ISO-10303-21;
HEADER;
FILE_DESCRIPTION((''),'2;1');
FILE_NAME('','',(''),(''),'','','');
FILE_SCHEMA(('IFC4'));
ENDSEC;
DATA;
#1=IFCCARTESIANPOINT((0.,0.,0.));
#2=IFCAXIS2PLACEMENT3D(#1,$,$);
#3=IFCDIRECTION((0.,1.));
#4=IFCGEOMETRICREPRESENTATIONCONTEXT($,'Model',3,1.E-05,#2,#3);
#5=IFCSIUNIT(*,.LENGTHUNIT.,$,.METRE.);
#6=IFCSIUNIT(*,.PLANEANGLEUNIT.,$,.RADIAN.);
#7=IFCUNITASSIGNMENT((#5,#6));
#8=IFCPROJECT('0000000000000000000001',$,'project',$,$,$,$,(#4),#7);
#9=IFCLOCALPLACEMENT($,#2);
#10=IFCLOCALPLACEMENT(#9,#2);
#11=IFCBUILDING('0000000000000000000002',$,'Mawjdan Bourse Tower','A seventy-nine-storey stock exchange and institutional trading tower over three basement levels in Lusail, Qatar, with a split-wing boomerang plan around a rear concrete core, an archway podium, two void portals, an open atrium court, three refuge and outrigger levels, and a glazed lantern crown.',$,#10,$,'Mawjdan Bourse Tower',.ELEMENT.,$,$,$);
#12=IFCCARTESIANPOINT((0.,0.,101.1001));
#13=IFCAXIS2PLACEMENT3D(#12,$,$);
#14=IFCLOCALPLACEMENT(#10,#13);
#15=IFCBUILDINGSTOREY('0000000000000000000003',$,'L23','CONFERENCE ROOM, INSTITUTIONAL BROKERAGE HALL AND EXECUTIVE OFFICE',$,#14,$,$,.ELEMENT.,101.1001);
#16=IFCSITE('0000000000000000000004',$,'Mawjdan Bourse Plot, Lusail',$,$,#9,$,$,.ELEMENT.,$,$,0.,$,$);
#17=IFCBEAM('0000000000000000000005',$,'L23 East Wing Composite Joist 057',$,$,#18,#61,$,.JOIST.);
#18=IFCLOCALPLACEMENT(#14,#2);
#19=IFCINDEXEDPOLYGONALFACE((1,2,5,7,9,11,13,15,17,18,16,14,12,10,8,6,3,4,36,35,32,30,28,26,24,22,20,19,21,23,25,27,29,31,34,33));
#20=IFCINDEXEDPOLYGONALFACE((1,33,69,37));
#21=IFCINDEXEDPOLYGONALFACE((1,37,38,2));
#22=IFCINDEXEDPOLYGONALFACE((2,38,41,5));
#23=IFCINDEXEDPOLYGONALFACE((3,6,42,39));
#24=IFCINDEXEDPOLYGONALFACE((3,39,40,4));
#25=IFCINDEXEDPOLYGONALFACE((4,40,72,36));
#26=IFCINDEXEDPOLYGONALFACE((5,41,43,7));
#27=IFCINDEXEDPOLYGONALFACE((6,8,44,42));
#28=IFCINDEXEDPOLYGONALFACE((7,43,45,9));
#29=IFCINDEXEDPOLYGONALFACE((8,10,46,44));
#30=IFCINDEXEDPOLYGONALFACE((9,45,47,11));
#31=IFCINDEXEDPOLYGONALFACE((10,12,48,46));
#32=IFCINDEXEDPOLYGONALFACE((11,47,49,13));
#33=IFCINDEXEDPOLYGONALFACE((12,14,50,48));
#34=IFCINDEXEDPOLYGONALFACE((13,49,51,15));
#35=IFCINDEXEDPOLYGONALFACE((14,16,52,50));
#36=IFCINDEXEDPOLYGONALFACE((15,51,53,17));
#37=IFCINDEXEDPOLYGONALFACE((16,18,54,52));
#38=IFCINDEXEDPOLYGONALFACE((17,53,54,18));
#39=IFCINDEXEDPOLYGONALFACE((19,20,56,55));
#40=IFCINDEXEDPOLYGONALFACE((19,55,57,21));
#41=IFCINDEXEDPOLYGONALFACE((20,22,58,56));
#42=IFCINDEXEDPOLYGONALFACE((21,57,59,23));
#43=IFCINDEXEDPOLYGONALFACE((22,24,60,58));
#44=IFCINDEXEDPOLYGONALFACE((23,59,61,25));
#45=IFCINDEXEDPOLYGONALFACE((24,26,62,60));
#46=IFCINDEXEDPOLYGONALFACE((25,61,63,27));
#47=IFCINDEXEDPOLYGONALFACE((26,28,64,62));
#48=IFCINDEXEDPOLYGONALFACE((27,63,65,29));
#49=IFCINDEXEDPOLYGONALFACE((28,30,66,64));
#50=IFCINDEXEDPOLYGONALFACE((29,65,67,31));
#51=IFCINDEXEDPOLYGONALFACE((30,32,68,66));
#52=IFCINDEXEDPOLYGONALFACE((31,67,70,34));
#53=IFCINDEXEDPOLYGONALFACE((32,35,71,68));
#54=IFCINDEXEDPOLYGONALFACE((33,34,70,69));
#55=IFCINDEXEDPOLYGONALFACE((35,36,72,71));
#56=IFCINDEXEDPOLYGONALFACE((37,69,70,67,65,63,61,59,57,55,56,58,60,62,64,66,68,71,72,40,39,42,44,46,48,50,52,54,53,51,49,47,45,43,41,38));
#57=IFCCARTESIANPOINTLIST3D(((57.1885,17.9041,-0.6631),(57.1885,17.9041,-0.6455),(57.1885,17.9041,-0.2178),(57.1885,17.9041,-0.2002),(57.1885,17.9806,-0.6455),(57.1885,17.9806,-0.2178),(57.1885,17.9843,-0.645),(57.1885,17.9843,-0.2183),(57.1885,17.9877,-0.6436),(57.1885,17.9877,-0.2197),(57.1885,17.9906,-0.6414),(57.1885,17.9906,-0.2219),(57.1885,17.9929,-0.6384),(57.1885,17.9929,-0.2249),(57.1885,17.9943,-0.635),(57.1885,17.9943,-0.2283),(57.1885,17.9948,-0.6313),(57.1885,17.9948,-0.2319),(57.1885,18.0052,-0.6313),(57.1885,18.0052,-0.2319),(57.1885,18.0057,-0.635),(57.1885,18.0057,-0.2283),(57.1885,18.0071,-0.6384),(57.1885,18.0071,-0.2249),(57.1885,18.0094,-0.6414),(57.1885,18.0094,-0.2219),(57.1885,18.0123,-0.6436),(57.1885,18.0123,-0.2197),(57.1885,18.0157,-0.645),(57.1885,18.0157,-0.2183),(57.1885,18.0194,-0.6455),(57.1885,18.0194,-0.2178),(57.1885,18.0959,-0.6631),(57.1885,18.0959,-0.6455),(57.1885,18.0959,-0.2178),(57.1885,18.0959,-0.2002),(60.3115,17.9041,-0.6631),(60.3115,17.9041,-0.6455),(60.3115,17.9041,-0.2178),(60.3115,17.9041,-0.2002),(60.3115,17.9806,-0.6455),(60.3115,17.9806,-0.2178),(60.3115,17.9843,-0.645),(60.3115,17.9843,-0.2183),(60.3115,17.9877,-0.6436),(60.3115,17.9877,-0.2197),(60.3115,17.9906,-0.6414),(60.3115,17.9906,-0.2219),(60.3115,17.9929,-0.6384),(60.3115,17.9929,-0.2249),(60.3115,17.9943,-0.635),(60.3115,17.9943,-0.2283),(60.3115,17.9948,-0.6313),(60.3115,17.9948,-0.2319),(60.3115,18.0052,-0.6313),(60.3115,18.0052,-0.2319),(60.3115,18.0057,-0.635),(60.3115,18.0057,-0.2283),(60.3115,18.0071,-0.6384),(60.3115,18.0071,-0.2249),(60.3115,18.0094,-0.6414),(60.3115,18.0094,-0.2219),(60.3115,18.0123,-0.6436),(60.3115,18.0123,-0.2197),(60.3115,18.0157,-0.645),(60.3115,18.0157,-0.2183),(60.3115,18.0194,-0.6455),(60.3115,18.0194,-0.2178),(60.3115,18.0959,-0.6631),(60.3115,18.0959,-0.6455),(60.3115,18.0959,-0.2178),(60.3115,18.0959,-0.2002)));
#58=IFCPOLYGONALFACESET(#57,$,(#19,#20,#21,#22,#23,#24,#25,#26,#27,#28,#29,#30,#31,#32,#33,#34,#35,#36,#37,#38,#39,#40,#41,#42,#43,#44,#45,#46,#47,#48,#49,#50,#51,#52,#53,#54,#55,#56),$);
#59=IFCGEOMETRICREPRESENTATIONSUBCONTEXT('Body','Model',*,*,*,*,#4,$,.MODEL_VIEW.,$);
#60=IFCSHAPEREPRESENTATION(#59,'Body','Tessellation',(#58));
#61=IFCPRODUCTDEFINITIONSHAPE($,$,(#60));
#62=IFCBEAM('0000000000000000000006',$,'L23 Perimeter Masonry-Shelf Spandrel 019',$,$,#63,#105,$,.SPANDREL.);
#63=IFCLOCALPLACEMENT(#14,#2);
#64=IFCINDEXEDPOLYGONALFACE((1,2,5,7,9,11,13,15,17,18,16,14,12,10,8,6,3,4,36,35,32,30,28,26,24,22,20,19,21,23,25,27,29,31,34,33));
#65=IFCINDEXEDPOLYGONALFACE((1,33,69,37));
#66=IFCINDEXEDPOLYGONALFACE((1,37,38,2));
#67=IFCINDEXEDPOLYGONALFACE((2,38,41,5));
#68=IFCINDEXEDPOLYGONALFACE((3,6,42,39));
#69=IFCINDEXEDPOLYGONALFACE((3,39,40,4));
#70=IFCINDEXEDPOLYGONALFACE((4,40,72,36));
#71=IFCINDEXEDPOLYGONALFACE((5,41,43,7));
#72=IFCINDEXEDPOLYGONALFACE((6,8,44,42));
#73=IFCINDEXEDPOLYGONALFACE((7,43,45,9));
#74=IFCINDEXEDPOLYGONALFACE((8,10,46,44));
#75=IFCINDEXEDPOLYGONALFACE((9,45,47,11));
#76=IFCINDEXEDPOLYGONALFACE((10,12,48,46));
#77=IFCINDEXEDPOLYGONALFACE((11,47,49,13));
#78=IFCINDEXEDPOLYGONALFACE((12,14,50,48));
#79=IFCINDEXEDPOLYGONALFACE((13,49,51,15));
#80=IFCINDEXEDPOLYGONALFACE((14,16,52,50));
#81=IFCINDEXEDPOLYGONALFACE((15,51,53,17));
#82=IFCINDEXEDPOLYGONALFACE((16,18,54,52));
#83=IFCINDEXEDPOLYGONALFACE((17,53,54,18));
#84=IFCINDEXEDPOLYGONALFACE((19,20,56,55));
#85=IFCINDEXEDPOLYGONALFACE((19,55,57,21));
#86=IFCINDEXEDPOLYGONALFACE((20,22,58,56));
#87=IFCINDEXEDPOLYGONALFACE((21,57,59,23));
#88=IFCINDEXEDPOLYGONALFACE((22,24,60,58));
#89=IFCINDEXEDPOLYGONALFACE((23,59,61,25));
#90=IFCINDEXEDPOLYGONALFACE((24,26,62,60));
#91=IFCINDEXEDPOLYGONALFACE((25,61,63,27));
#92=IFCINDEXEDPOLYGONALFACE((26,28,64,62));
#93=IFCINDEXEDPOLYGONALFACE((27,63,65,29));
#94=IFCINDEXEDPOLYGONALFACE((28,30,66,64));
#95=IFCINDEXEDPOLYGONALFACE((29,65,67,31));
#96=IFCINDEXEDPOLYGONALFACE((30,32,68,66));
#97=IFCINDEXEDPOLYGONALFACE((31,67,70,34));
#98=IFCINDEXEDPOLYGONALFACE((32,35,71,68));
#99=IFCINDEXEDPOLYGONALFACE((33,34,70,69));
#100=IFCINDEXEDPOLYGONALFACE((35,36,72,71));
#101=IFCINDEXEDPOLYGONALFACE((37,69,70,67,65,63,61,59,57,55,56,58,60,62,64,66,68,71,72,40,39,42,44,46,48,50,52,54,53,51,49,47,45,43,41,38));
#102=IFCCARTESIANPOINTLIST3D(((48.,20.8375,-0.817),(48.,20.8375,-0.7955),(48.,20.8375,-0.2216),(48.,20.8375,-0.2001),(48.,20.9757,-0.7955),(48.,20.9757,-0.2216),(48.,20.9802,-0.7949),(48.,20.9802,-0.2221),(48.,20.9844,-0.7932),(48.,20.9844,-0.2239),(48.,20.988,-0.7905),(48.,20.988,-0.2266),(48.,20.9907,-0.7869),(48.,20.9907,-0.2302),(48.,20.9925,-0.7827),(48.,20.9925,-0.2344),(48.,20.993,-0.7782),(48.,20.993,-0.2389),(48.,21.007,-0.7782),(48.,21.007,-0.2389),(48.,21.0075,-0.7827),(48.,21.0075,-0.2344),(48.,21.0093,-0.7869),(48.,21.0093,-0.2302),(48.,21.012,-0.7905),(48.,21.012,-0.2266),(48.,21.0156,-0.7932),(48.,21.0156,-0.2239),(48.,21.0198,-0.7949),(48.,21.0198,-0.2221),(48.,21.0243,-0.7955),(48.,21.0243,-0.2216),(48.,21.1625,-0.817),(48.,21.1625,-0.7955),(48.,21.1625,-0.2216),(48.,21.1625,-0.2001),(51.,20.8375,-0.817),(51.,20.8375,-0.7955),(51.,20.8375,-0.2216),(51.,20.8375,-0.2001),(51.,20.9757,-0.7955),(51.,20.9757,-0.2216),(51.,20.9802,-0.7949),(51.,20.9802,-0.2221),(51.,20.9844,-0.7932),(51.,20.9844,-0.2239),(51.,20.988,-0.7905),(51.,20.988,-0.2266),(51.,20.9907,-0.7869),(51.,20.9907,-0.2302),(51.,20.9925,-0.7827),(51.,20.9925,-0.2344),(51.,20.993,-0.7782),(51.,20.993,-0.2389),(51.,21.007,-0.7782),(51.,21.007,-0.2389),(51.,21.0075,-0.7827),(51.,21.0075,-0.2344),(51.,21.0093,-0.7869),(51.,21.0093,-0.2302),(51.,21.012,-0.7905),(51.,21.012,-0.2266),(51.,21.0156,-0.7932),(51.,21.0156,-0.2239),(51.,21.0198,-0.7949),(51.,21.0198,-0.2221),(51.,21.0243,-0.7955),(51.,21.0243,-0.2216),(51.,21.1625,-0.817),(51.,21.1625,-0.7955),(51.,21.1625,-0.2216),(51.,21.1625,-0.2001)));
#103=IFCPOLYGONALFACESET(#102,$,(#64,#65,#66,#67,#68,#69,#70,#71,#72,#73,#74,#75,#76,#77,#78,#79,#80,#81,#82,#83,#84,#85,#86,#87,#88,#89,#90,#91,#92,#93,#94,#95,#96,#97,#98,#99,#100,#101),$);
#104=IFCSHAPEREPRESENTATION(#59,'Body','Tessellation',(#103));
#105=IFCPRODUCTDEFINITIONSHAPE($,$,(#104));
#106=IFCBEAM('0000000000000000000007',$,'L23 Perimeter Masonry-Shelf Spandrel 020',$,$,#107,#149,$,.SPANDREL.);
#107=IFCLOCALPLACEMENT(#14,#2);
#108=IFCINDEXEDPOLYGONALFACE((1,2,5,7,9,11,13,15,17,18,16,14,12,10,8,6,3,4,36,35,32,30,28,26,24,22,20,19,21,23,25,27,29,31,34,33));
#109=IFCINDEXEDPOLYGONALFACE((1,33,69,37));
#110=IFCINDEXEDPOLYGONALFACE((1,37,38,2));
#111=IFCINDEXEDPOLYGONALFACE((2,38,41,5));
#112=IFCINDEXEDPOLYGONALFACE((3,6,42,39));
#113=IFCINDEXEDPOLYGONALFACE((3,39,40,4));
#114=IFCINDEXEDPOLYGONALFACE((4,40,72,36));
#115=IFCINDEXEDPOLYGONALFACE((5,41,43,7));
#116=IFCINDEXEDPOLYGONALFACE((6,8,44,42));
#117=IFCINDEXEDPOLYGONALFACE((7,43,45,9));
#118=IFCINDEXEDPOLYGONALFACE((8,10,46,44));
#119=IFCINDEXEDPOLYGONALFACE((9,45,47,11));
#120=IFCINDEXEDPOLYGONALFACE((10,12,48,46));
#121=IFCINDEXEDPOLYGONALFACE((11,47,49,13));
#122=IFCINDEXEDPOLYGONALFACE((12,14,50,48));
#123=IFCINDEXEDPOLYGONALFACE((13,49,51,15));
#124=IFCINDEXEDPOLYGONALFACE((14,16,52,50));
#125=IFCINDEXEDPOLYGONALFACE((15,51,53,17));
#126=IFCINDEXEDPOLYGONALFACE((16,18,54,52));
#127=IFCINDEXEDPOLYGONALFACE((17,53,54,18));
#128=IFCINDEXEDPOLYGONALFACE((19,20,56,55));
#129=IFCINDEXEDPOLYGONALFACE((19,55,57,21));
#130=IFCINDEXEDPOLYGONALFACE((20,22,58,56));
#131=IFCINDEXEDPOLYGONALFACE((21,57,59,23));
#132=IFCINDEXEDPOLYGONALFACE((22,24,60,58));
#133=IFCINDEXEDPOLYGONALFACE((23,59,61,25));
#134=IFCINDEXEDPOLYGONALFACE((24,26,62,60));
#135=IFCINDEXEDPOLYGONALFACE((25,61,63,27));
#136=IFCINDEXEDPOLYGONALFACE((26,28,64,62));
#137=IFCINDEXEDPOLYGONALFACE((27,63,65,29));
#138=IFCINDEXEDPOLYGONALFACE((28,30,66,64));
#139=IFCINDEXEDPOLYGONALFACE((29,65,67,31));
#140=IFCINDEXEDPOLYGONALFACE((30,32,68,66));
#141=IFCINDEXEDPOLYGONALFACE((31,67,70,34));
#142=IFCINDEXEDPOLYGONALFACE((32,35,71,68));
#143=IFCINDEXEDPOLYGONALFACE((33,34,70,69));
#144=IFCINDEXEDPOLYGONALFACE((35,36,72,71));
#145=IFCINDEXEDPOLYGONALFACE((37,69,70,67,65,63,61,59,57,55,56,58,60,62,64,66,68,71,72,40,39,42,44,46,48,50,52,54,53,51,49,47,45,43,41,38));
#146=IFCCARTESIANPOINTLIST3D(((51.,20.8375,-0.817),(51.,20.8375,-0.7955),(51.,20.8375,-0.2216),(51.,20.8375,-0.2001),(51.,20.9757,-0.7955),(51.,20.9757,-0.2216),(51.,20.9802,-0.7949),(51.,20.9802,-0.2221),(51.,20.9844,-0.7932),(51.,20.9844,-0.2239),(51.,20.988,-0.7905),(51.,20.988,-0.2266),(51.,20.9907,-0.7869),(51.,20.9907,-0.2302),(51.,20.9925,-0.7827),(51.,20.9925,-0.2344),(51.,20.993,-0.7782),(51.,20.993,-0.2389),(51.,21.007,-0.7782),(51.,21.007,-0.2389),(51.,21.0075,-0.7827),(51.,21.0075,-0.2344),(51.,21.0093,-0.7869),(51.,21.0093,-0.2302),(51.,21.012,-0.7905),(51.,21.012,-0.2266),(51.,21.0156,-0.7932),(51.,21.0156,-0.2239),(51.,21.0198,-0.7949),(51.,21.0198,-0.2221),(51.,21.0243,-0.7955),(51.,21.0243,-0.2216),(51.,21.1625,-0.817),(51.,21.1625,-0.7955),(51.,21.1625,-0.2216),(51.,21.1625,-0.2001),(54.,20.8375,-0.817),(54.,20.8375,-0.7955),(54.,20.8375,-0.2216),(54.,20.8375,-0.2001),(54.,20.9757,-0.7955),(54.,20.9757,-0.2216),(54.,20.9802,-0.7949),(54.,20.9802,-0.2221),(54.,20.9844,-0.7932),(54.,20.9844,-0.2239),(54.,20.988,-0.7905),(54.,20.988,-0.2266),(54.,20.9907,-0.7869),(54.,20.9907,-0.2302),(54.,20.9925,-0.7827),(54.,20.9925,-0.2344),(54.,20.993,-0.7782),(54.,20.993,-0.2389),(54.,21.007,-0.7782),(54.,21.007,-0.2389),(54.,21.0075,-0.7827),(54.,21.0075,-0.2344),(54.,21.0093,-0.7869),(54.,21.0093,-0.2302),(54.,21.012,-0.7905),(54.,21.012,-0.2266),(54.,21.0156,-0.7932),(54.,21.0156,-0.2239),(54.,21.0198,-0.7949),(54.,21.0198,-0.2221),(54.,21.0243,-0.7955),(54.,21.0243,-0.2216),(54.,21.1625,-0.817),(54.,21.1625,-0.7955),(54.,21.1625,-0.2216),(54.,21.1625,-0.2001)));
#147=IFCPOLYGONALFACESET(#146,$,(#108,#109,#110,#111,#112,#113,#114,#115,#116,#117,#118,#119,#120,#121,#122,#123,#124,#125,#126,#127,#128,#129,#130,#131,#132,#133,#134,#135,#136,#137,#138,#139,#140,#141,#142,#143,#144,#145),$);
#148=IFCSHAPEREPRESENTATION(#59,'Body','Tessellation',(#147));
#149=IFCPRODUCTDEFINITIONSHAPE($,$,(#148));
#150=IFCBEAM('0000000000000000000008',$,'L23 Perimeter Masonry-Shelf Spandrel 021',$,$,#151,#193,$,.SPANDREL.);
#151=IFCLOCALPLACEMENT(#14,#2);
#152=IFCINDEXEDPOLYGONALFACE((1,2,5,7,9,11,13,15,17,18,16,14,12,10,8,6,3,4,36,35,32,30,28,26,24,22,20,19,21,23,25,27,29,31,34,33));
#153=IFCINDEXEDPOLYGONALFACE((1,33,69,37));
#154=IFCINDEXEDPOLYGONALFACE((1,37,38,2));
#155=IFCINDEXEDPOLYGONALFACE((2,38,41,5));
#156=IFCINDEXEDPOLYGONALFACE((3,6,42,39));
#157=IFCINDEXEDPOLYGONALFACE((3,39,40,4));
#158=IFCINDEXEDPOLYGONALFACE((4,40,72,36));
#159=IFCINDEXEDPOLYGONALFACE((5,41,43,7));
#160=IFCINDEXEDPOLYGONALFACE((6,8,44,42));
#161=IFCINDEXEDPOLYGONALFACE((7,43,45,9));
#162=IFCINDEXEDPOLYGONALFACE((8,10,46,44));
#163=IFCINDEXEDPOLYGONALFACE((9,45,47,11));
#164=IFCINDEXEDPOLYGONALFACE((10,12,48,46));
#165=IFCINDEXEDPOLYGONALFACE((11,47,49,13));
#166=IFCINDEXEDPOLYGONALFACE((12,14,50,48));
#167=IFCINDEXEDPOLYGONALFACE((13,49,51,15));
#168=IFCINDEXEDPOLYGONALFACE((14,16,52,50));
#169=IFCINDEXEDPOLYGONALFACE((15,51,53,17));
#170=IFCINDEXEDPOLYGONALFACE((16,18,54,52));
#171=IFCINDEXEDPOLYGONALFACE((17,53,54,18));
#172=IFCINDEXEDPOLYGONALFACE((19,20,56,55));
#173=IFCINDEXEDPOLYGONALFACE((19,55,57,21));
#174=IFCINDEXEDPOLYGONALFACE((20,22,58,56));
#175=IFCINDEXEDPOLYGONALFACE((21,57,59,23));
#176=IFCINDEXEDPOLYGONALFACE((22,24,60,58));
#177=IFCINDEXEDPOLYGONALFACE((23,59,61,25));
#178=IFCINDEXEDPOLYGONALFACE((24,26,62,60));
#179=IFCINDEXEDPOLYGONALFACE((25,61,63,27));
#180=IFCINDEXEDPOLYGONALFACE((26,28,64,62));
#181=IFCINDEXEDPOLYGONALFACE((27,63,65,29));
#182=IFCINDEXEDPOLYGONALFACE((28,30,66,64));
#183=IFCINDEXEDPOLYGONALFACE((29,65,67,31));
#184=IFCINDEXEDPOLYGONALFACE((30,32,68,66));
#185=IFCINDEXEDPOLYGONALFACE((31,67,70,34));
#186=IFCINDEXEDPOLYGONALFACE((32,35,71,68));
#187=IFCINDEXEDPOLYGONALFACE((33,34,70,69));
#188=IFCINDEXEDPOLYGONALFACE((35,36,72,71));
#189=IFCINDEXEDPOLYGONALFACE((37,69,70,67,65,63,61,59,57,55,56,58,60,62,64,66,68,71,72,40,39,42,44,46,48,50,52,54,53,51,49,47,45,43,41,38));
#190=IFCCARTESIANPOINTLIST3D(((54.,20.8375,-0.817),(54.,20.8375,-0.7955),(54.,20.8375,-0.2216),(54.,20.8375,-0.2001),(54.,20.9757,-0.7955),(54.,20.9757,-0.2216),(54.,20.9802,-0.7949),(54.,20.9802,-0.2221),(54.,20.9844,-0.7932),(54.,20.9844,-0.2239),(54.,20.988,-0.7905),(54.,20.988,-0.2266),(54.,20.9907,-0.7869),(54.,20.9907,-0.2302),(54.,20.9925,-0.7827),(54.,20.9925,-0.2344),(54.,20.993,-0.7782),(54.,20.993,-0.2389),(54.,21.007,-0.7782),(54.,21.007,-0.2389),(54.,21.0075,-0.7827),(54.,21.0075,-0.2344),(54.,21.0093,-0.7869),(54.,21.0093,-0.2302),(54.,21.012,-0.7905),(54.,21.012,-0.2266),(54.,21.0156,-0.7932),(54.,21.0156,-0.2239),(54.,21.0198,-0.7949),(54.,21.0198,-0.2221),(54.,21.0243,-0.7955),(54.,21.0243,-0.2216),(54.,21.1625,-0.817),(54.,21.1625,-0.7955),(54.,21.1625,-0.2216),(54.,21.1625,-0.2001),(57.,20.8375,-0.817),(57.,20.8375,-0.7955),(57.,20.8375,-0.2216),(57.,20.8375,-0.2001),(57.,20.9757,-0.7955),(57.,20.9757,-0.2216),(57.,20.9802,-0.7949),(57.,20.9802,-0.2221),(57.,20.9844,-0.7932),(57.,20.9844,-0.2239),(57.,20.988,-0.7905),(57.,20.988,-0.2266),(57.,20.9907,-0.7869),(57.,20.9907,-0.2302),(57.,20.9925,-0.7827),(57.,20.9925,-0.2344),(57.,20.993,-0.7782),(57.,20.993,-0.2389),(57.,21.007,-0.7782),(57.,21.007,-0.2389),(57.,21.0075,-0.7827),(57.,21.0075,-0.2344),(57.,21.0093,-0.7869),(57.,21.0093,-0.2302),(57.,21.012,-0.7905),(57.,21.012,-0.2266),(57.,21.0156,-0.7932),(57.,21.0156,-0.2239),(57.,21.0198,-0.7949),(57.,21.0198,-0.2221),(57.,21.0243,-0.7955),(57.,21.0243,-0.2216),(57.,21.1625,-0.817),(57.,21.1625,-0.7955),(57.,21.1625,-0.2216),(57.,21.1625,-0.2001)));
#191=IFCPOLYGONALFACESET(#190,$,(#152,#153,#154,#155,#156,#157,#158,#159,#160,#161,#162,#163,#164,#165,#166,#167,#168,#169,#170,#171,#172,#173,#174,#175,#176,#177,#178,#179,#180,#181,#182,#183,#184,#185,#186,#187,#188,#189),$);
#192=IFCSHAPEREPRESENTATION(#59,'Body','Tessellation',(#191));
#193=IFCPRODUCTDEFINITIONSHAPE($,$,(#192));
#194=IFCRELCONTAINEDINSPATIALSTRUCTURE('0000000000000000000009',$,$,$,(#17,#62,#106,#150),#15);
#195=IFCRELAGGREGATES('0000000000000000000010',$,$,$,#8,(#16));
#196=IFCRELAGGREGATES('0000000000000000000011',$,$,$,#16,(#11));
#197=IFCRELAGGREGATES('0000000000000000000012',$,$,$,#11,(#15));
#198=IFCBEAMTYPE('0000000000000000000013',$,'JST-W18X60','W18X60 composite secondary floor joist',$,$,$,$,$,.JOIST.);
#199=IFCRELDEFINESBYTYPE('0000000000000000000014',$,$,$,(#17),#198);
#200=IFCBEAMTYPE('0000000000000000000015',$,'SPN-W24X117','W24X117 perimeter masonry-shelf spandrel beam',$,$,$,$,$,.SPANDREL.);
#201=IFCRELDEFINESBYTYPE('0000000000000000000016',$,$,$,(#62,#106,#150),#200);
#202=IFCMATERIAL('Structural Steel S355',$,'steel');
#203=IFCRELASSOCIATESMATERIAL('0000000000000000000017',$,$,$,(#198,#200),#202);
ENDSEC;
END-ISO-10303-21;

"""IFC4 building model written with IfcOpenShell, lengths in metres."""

from ifc_helpers import new_model, si_unit, direction, frame, origin, origin_2d, place, context, subcontext, project, spatial, i_section, extrude, material, material_profile, profile_set, type_object, element, save


model = new_model("IFC4")

# Units and contexts
model_context = context("Model", 3, precision=1e-05, world=origin(), true_north=direction((0.0, 1.0)))
body_context = subcontext(model_context, "Body", "Model", "MODEL_VIEW")
ifc_project = project(units=[si_unit("LENGTHUNIT", "METRE"), si_unit("PLANEANGLEUNIT", "RADIAN")], contexts=[model_context])

# Site, building, storey
site_placement = place(None, origin())
site = spatial("IfcSite", under=ifc_project, at=site_placement, Name="Mawjdan Bourse Plot, Lusail", CompositionType="ELEMENT", RefElevation=0.0)
building_placement = place(site_placement, origin())
building = spatial("IfcBuilding", under=site, at=building_placement, Name="Mawjdan Bourse Tower", Description="A seventy-nine-storey stock exchange and institutional trading tower over three basement levels in Lusail, Qatar, with a split-wing boomerang plan around a rear concrete core, an archway podium, two void portals, an open atrium court, three refuge and outrigger levels, and a glazed lantern crown.", LongName="Mawjdan Bourse Tower", CompositionType="ELEMENT")
storey_placement = place(building_placement, frame((0.0, 0.0, 101.1001)))
storey = spatial("IfcBuildingStorey", under=building, at=storey_placement, Name="L23", Description="CONFERENCE ROOM, INSTITUTIONAL BROKERAGE HALL AND EXECUTIVE OFFICE", CompositionType="ELEMENT", Elevation=101.1001)

# Beams
ifc_material_1 = material(Name="Structural Steel S355", Category="steel")
ifc_material_profile_1 = material_profile(ifc_material_1, i_section(OverallWidth=0.1919, OverallDepth=0.4629, WebThickness=0.0105, FlangeThickness=0.0176, FilletRadius=0.0142, at=origin_2d()), Name="W18X60")
ifc_profile_set_1 = profile_set([ifc_material_profile_1], Name="Structural Steel S355")
beam_type_1 = type_object("IfcBeamType", Name="JST-W18X60", Description="W18X60 composite secondary floor joist", PredefinedType="JOIST", material=ifc_profile_set_1)
beam_1_placement = place(storey_placement, frame((57.1885, 18.0, -0.4316), z_axis=(1.0, 0.0, 0.0), x_axis=(0.0, 1.0, 0.0)))
element("IfcBeam", 1, at=beam_1_placement, inside=storey, type_object=beam_type_1, Name="L23 East Wing Composite Joist 057", PredefinedType="JOIST", context=body_context, shape_type="SweptSolid", body=[
    extrude(i_section(OverallWidth=0.1919, OverallDepth=0.4629, WebThickness=0.0105, FlangeThickness=0.0176, FilletRadius=0.0142, at=origin_2d()), origin(), (0.0, 0.0, 1.0), 3.123),
])
ifc_material_profile_2 = material_profile(ifc_material_1, i_section(OverallWidth=0.325, OverallDepth=0.6169, WebThickness=0.0139, FlangeThickness=0.0215, FilletRadius=0.0173, at=origin_2d()), Name="W24X117")
ifc_profile_set_2 = profile_set([ifc_material_profile_2], Name="Structural Steel S355")
beam_type_2 = type_object("IfcBeamType", Name="SPN-W24X117", Description="W24X117 perimeter masonry-shelf spandrel beam", PredefinedType="SPANDREL", material=ifc_profile_set_2)
for number, where, z_axis, x_axis, name in (
    (2, (48.0, 21.0, -0.5085), (1.0, 0.0, 0.0), (0.0, 1.0, 0.0), "L23 Perimeter Masonry-Shelf Spandrel 019"),
    (3, (51.0, 21.0, -0.5085), (1.0, 0.0, 0.0), (0.0, 1.0, 0.0), "L23 Perimeter Masonry-Shelf Spandrel 020"),
    (4, (54.0, 21.0, -0.5085), (1.0, 0.0, 0.0), (0.0, 1.0, 0.0), "L23 Perimeter Masonry-Shelf Spandrel 021"),
):
    element("IfcBeam", number, at=place(storey_placement, frame(where, z_axis=z_axis, x_axis=x_axis)), inside=storey, type_object=beam_type_2, Name=name, PredefinedType="SPANDREL", context=body_context, shape_type="SweptSolid", body=[
        extrude(i_section(OverallWidth=0.325, OverallDepth=0.6169, WebThickness=0.0139, FlangeThickness=0.0215, FilletRadius=0.0173, at=origin_2d()), origin(), (0.0, 0.0, 1.0), 3.0),
    ])

save(model, "model.ifc")
